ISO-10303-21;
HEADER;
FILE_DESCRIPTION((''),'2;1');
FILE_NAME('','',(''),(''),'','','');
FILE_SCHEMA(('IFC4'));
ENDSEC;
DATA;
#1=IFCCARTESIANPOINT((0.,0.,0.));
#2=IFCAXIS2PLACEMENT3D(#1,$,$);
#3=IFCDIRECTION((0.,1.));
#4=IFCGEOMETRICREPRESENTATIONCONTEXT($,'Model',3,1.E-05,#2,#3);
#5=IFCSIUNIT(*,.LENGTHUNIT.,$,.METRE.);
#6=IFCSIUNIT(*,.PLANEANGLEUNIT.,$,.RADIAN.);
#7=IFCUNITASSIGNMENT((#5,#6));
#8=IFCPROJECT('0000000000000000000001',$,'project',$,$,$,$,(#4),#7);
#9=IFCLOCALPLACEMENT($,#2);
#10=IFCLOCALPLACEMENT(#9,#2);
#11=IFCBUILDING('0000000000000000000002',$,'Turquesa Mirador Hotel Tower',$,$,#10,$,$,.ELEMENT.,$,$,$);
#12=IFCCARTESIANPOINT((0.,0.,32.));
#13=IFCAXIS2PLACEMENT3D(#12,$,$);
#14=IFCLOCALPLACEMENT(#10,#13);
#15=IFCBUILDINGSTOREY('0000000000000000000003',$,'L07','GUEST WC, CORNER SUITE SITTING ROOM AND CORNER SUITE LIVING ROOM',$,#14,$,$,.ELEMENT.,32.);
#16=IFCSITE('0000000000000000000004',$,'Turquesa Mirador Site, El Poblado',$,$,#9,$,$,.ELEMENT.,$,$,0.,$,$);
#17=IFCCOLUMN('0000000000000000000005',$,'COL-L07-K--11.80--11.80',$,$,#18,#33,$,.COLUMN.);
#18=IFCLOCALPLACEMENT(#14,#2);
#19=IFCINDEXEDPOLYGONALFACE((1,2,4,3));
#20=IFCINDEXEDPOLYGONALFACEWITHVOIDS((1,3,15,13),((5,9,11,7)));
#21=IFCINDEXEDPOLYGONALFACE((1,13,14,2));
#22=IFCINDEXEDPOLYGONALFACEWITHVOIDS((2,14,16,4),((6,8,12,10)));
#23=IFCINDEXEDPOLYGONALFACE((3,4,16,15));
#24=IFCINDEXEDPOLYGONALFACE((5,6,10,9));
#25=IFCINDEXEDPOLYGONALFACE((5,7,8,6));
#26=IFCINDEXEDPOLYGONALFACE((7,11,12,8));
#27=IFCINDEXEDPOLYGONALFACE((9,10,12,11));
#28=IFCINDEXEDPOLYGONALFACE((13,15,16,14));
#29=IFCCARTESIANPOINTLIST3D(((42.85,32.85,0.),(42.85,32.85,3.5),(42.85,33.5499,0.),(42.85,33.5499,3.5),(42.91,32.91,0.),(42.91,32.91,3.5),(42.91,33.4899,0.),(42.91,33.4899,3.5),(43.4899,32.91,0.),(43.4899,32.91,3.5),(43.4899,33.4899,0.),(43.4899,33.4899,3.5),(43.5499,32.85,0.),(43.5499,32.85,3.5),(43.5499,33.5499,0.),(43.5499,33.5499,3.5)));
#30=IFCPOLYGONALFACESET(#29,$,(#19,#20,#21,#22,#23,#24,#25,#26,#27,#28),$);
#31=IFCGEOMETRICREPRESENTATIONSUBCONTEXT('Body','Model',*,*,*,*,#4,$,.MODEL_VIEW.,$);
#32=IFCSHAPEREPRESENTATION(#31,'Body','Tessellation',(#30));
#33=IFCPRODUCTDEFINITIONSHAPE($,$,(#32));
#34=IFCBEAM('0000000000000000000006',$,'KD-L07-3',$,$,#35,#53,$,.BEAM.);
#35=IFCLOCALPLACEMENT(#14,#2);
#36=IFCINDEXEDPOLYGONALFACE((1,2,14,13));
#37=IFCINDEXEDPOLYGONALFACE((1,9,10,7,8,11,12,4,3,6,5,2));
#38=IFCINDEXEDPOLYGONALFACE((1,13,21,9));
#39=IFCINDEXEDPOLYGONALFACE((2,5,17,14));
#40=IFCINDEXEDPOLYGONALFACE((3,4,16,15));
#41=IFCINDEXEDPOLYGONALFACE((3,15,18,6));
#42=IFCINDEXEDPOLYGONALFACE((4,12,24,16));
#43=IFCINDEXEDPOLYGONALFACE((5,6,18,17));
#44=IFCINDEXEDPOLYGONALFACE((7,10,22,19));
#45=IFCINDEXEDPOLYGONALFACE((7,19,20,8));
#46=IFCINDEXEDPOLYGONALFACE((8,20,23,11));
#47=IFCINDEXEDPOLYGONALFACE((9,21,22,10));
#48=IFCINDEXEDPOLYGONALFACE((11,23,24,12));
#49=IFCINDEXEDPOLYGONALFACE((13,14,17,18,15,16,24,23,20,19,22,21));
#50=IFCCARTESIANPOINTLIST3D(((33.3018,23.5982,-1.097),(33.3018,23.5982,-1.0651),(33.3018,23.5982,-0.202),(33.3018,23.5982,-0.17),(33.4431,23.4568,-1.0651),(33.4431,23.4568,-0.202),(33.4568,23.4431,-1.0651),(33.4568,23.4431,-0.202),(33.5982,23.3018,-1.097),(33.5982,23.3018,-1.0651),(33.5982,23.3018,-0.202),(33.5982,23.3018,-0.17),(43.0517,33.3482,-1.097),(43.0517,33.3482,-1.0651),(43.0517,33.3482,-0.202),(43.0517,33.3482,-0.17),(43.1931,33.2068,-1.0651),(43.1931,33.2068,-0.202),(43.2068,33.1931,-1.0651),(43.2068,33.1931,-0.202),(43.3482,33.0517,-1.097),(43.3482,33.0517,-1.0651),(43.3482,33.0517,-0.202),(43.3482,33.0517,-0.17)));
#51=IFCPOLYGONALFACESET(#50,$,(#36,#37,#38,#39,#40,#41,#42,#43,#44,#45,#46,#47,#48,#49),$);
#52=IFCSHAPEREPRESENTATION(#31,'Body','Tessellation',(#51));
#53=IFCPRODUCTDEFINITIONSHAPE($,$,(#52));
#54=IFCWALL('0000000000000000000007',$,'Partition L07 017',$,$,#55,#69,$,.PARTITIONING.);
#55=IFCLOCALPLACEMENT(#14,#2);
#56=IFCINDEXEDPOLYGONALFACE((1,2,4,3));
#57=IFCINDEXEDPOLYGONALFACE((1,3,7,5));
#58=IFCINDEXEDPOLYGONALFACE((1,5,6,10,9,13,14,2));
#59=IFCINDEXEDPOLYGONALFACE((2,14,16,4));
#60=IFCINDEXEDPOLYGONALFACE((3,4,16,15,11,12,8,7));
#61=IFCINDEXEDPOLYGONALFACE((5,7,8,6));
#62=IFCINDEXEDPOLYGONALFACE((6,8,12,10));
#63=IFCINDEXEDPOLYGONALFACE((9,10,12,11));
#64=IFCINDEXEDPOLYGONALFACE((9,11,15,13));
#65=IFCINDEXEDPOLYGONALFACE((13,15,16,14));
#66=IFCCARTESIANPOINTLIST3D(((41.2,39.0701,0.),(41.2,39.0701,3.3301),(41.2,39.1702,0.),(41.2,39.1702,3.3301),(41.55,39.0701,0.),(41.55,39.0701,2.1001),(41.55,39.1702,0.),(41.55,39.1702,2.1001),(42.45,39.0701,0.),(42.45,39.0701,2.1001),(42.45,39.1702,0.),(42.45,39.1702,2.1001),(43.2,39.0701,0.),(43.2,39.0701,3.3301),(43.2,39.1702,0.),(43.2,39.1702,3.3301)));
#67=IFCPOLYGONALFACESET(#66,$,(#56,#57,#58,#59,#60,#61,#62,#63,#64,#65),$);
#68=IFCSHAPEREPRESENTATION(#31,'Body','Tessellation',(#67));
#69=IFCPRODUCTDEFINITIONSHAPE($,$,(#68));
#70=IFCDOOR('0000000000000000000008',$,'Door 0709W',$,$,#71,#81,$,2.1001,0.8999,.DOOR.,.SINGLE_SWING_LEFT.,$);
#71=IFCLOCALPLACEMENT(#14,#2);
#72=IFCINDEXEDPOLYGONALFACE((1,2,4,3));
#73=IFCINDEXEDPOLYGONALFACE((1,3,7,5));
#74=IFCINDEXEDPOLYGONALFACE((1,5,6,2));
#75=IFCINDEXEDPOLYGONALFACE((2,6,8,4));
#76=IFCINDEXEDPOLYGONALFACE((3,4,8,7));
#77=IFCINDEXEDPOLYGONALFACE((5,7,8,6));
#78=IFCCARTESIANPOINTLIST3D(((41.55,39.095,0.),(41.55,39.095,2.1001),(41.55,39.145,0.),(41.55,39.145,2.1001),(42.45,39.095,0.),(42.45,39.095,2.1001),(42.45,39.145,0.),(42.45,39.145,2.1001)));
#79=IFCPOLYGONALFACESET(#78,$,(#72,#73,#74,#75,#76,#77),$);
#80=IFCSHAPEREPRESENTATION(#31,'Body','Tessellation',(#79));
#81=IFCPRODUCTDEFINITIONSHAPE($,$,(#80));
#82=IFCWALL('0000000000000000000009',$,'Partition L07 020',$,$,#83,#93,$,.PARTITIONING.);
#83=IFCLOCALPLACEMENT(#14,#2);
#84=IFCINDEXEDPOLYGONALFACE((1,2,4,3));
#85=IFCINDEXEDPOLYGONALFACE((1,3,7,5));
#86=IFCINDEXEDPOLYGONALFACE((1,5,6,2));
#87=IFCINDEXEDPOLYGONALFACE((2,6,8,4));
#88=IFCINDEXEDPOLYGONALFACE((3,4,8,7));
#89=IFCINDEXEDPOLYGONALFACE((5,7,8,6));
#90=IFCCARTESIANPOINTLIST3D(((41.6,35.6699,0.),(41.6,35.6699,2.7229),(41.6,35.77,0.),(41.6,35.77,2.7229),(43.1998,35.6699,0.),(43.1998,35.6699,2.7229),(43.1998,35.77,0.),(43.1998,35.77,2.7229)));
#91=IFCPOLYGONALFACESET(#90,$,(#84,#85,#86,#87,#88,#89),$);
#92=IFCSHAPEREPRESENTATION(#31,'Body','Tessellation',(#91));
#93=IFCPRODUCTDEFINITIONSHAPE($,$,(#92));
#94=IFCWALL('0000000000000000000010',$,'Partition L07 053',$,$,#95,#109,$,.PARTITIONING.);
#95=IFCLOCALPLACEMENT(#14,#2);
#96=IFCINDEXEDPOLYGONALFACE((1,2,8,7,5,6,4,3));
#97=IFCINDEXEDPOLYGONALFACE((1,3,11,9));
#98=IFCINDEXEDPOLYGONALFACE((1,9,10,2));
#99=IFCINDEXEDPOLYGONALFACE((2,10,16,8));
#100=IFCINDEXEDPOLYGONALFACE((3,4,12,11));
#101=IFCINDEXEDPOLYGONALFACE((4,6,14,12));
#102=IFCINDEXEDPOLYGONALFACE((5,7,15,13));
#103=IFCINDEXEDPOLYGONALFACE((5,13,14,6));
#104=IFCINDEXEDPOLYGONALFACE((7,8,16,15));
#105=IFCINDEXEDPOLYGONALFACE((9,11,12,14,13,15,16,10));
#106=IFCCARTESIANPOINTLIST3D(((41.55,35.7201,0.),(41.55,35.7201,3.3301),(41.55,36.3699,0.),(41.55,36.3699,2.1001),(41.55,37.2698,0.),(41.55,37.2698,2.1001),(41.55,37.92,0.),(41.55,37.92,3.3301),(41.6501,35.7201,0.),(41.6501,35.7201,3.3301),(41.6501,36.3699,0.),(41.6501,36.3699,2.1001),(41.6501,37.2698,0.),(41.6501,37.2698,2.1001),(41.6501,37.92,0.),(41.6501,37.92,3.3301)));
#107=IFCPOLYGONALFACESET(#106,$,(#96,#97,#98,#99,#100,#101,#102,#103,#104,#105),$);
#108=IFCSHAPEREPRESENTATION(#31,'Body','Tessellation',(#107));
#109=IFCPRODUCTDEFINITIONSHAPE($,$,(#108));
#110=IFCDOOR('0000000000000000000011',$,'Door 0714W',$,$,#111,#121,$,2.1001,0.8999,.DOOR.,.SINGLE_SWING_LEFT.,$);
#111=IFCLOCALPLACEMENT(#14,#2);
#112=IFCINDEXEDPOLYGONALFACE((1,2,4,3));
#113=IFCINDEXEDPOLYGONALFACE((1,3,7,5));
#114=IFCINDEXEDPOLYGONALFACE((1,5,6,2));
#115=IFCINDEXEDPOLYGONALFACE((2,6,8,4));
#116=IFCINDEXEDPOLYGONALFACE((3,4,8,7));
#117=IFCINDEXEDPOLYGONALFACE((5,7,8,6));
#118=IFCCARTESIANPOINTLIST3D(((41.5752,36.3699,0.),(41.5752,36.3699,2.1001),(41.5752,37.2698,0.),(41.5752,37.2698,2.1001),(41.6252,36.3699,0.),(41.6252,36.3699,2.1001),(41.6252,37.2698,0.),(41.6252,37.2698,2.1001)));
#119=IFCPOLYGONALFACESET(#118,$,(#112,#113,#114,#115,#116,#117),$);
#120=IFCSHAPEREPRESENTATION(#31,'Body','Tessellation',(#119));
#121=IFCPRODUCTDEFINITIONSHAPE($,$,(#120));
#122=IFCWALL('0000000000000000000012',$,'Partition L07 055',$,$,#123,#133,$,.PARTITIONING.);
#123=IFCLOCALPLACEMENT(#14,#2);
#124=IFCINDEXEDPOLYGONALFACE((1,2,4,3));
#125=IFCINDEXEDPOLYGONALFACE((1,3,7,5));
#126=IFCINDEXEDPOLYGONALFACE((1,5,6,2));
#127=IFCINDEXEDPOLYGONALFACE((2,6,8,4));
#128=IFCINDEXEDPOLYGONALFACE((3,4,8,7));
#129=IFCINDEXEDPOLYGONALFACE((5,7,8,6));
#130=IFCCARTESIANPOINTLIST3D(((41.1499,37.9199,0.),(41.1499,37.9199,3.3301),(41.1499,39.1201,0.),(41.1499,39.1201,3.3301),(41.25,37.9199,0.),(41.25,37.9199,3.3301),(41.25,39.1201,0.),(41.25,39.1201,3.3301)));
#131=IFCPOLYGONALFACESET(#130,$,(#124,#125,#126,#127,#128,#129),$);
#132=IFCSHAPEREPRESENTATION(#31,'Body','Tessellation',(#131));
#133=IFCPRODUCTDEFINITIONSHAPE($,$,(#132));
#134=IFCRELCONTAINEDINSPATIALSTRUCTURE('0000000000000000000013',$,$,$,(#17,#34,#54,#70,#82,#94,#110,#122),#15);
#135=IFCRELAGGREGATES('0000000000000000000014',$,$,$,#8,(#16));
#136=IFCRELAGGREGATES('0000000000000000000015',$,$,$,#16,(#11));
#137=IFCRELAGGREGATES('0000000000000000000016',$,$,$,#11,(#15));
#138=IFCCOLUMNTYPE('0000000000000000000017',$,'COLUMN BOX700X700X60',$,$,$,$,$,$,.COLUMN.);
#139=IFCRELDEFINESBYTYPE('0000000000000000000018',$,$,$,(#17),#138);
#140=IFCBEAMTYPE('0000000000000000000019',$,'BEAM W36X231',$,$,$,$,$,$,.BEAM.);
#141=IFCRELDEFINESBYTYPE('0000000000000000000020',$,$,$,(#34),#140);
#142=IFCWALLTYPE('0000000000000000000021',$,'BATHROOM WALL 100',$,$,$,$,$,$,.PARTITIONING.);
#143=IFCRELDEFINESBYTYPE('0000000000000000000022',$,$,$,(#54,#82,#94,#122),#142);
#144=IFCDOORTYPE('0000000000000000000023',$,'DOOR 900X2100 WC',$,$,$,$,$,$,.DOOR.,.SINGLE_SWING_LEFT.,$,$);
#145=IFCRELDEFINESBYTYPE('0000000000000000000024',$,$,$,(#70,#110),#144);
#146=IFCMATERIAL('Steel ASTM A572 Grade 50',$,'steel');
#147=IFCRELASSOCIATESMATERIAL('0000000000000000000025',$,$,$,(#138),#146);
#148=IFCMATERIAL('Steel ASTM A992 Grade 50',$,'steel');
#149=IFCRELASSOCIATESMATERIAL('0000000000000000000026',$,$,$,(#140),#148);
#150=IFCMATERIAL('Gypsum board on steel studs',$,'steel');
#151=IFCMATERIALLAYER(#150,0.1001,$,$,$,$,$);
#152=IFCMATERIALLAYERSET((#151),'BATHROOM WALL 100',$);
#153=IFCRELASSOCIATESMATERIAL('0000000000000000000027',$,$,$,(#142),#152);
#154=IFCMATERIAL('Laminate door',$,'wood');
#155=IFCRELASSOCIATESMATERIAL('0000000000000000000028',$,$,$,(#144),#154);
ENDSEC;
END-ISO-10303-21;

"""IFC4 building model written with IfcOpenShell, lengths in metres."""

from ifc_helpers import new_model, si_unit, direction, frame, frame_2d, origin, origin_2d, place, context, subcontext, project, spatial, rectangle, hollow_rectangle, i_section, extrude, material, layer, layer_set, material_profile, profile_set, type_object, element, fill, save


model = new_model("IFC4")

# Units and contexts
model_context = context("Model", 3, precision=1e-05, world=origin(), true_north=direction((0.0, 1.0)))
body_context = subcontext(model_context, "Body", "Model", "MODEL_VIEW")
ifc_project = project(units=[si_unit("LENGTHUNIT", "METRE"), si_unit("PLANEANGLEUNIT", "RADIAN")], contexts=[model_context])

# Site, building, storey
site_placement = place(None, origin())
site = spatial("IfcSite", under=ifc_project, at=site_placement, Name="Turquesa Mirador Site, El Poblado", CompositionType="ELEMENT", RefElevation=0.0)
building_placement = place(site_placement, origin())
building = spatial("IfcBuilding", under=site, at=building_placement, Name="Turquesa Mirador Hotel Tower", CompositionType="ELEMENT")
storey_placement = place(building_placement, frame((0.0, 0.0, 32.0)))
storey = spatial("IfcBuildingStorey", under=building, at=storey_placement, Name="L07", Description="GUEST WC, CORNER SUITE SITTING ROOM AND CORNER SUITE LIVING ROOM", CompositionType="ELEMENT", Elevation=32.0)

# Column
ifc_material_1 = material(Name="Steel ASTM A572 Grade 50", Category="steel")
ifc_material_profile_1 = material_profile(ifc_material_1, hollow_rectangle(XDim=0.7, YDim=0.7, WallThickness=0.0601, at=origin_2d()), Name="BOX700X700X60")
ifc_profile_set_1 = profile_set([ifc_material_profile_1], Name="Steel ASTM A572 Grade 50")
column_type = type_object("IfcColumnType", Name="COLUMN BOX700X700X60", PredefinedType="COLUMN", material=ifc_profile_set_1)
column_placement = place(storey_placement, frame((43.2, 33.2, 0.0), z_axis=(0.0, 0.0, 1.0), x_axis=(1.0, 0.0, 0.0)))
element("IfcColumn", 1, at=column_placement, inside=storey, type_object=column_type, Name="COL-L07-K--11.80--11.80", PredefinedType="COLUMN", context=body_context, shape_type="SweptSolid", body=[
    extrude(hollow_rectangle(XDim=0.7, YDim=0.7, WallThickness=0.0601, at=origin_2d()), origin(), (0.0, 0.0, 1.0), 3.5),
])

# Beam
ifc_material_2 = material(Name="Steel ASTM A992 Grade 50", Category="steel")
ifc_material_profile_2 = material_profile(ifc_material_2, i_section(OverallWidth=0.4192, OverallDepth=0.927, WebThickness=0.0193, FlangeThickness=0.032, at=origin_2d()), Name="W36X231")
ifc_profile_set_2 = profile_set([ifc_material_profile_2], Name="Steel ASTM A992 Grade 50")
beam_type = type_object("IfcBeamType", Name="BEAM W36X231", PredefinedType="BEAM", material=ifc_profile_set_2)
beam_placement = place(storey_placement, frame((43.2, 33.2, -0.6335), z_axis=(-0.707107, -0.707107, 0.0), x_axis=(0.707107, -0.707107, 0.0)))
element("IfcBeam", 2, at=beam_placement, inside=storey, type_object=beam_type, Name="KD-L07-3", PredefinedType="BEAM", context=body_context, shape_type="SweptSolid", body=[
    extrude(i_section(OverallWidth=0.4192, OverallDepth=0.927, WebThickness=0.0193, FlangeThickness=0.032, at=origin_2d()), origin(), (0.0, 0.0, 1.0), 13.7886),
])

# Wall, opening, door
ifc_material_3 = material(Name="Gypsum board on steel studs", Category="steel")
ifc_layer_1 = layer(ifc_material_3, 0.1001)
ifc_layer_set_1 = layer_set([ifc_layer_1], Name="BATHROOM WALL 100")
wall_type_1 = type_object("IfcWallType", Name="BATHROOM WALL 100", PredefinedType="PARTITIONING", material=ifc_layer_set_1)
wall_1_placement = place(storey_placement, frame((41.2, 39.1201, 0.0), z_axis=(0.0, 0.0, 1.0), x_axis=(1.0, 0.0, 0.0)))
wall_1 = element("IfcWall", 3, at=wall_1_placement, inside=storey, type_object=wall_type_1, Name="Partition L07 017", PredefinedType="PARTITIONING", context=body_context, shape_type="SweptSolid", body=[
    extrude(rectangle(XDim=2.0, YDim=0.1001, at=frame_2d((1.0, 0.0))), origin(), (0.0, 0.0, 1.0), 3.3301),
])
opening_1_placement = place(wall_1_placement, frame((0.3501, 0.0, 0.0)))
opening_1 = element("IfcOpeningElement", 4, at=opening_1_placement, cuts=wall_1, PredefinedType="OPENING", context=body_context, shape_type="SweptSolid", body=[
    extrude(rectangle(XDim=0.8999, YDim=2.1001, at=frame_2d((0.45, 1.05))), frame((0.0, 0.0601, 0.0), z_axis=(0.0, -1.0, 0.0), x_axis=(1.0, 0.0, 0.0)), (0.0, 0.0, 1.0), 0.1201),
])
ifc_material_4 = material(Name="Laminate door", Category="wood")
door_type_1 = type_object("IfcDoorType", Name="DOOR 900X2100 WC", OperationType="SINGLE_SWING_LEFT", PredefinedType="DOOR", material=ifc_material_4)
door_1_placement = place(opening_1_placement, origin())
door_1 = element("IfcDoor", 5, at=door_1_placement, inside=storey, type_object=door_type_1, Name="Door 0709W", OperationType="SINGLE_SWING_LEFT", OverallHeight=2.1001, OverallWidth=0.8999, PredefinedType="DOOR", context=body_context, shape_type="SweptSolid", body=[
    extrude(rectangle(XDim=0.8999, YDim=2.1001, at=frame_2d((0.45, 1.05))), frame((0.0, 0.0249, 0.0), z_axis=(0.0, -1.0, 0.0), x_axis=(1.0, 0.0, 0.0)), (0.0, 0.0, 1.0), 0.05),
])
fill(opening_1, door_1)

# Wall
wall_2_placement = place(storey_placement, frame((41.6001, 35.72, 0.0), z_axis=(0.0, 0.0, 1.0), x_axis=(1.0, 0.0, 0.0)))
element("IfcWall", 6, at=wall_2_placement, inside=storey, type_object=wall_type_1, Name="Partition L07 020", PredefinedType="PARTITIONING", context=body_context, shape_type="SweptSolid", body=[
    extrude(rectangle(XDim=1.5999, YDim=0.1001, at=frame_2d((0.7998, 0.0))), origin(), (0.0, 0.0, 1.0), 2.7229),
])

# Wall, opening, door
wall_3_placement = place(storey_placement, frame((41.6001, 35.72, 0.0), z_axis=(0.0, 0.0, 1.0), x_axis=(0.0, 1.0, 0.0)))
wall_3 = element("IfcWall", 7, at=wall_3_placement, inside=storey, type_object=wall_type_1, Name="Partition L07 053", PredefinedType="PARTITIONING", context=body_context, shape_type="SweptSolid", body=[
    extrude(rectangle(XDim=2.2, YDim=0.1001, at=frame_2d((1.1001, 0.0))), origin(), (0.0, 0.0, 1.0), 3.3301),
])
opening_2_placement = place(wall_3_placement, frame((0.6499, 0.0, 0.0)))
opening_2 = element("IfcOpeningElement", 8, at=opening_2_placement, cuts=wall_3, PredefinedType="OPENING", context=body_context, shape_type="SweptSolid", body=[
    extrude(rectangle(XDim=0.8999, YDim=2.1001, at=frame_2d((0.45, 1.05))), frame((0.0, 0.0601, 0.0), z_axis=(0.0, -1.0, 0.0), x_axis=(1.0, 0.0, 0.0)), (0.0, 0.0, 1.0), 0.1201),
])
door_2_placement = place(opening_2_placement, origin())
door_2 = element("IfcDoor", 9, at=door_2_placement, inside=storey, type_object=door_type_1, Name="Door 0714W", OperationType="SINGLE_SWING_LEFT", OverallHeight=2.1001, OverallWidth=0.8999, PredefinedType="DOOR", context=body_context, shape_type="SweptSolid", body=[
    extrude(rectangle(XDim=0.8999, YDim=2.1001, at=frame_2d((0.45, 1.05))), frame((0.0, 0.0249, 0.0), z_axis=(0.0, -1.0, 0.0), x_axis=(1.0, 0.0, 0.0)), (0.0, 0.0, 1.0), 0.05),
])
fill(opening_2, door_2)

# Wall
wall_4_placement = place(storey_placement, frame((41.2, 37.9199, 0.0), z_axis=(0.0, 0.0, 1.0), x_axis=(0.0, 1.0, 0.0)))
element("IfcWall", 10, at=wall_4_placement, inside=storey, type_object=wall_type_1, Name="Partition L07 055", PredefinedType="PARTITIONING", context=body_context, shape_type="SweptSolid", body=[
    extrude(rectangle(XDim=1.2002, YDim=0.1001, at=frame_2d((0.6001, 0.0))), origin(), (0.0, 0.0, 1.0), 3.3301),
])

save(model, "model.ifc")
